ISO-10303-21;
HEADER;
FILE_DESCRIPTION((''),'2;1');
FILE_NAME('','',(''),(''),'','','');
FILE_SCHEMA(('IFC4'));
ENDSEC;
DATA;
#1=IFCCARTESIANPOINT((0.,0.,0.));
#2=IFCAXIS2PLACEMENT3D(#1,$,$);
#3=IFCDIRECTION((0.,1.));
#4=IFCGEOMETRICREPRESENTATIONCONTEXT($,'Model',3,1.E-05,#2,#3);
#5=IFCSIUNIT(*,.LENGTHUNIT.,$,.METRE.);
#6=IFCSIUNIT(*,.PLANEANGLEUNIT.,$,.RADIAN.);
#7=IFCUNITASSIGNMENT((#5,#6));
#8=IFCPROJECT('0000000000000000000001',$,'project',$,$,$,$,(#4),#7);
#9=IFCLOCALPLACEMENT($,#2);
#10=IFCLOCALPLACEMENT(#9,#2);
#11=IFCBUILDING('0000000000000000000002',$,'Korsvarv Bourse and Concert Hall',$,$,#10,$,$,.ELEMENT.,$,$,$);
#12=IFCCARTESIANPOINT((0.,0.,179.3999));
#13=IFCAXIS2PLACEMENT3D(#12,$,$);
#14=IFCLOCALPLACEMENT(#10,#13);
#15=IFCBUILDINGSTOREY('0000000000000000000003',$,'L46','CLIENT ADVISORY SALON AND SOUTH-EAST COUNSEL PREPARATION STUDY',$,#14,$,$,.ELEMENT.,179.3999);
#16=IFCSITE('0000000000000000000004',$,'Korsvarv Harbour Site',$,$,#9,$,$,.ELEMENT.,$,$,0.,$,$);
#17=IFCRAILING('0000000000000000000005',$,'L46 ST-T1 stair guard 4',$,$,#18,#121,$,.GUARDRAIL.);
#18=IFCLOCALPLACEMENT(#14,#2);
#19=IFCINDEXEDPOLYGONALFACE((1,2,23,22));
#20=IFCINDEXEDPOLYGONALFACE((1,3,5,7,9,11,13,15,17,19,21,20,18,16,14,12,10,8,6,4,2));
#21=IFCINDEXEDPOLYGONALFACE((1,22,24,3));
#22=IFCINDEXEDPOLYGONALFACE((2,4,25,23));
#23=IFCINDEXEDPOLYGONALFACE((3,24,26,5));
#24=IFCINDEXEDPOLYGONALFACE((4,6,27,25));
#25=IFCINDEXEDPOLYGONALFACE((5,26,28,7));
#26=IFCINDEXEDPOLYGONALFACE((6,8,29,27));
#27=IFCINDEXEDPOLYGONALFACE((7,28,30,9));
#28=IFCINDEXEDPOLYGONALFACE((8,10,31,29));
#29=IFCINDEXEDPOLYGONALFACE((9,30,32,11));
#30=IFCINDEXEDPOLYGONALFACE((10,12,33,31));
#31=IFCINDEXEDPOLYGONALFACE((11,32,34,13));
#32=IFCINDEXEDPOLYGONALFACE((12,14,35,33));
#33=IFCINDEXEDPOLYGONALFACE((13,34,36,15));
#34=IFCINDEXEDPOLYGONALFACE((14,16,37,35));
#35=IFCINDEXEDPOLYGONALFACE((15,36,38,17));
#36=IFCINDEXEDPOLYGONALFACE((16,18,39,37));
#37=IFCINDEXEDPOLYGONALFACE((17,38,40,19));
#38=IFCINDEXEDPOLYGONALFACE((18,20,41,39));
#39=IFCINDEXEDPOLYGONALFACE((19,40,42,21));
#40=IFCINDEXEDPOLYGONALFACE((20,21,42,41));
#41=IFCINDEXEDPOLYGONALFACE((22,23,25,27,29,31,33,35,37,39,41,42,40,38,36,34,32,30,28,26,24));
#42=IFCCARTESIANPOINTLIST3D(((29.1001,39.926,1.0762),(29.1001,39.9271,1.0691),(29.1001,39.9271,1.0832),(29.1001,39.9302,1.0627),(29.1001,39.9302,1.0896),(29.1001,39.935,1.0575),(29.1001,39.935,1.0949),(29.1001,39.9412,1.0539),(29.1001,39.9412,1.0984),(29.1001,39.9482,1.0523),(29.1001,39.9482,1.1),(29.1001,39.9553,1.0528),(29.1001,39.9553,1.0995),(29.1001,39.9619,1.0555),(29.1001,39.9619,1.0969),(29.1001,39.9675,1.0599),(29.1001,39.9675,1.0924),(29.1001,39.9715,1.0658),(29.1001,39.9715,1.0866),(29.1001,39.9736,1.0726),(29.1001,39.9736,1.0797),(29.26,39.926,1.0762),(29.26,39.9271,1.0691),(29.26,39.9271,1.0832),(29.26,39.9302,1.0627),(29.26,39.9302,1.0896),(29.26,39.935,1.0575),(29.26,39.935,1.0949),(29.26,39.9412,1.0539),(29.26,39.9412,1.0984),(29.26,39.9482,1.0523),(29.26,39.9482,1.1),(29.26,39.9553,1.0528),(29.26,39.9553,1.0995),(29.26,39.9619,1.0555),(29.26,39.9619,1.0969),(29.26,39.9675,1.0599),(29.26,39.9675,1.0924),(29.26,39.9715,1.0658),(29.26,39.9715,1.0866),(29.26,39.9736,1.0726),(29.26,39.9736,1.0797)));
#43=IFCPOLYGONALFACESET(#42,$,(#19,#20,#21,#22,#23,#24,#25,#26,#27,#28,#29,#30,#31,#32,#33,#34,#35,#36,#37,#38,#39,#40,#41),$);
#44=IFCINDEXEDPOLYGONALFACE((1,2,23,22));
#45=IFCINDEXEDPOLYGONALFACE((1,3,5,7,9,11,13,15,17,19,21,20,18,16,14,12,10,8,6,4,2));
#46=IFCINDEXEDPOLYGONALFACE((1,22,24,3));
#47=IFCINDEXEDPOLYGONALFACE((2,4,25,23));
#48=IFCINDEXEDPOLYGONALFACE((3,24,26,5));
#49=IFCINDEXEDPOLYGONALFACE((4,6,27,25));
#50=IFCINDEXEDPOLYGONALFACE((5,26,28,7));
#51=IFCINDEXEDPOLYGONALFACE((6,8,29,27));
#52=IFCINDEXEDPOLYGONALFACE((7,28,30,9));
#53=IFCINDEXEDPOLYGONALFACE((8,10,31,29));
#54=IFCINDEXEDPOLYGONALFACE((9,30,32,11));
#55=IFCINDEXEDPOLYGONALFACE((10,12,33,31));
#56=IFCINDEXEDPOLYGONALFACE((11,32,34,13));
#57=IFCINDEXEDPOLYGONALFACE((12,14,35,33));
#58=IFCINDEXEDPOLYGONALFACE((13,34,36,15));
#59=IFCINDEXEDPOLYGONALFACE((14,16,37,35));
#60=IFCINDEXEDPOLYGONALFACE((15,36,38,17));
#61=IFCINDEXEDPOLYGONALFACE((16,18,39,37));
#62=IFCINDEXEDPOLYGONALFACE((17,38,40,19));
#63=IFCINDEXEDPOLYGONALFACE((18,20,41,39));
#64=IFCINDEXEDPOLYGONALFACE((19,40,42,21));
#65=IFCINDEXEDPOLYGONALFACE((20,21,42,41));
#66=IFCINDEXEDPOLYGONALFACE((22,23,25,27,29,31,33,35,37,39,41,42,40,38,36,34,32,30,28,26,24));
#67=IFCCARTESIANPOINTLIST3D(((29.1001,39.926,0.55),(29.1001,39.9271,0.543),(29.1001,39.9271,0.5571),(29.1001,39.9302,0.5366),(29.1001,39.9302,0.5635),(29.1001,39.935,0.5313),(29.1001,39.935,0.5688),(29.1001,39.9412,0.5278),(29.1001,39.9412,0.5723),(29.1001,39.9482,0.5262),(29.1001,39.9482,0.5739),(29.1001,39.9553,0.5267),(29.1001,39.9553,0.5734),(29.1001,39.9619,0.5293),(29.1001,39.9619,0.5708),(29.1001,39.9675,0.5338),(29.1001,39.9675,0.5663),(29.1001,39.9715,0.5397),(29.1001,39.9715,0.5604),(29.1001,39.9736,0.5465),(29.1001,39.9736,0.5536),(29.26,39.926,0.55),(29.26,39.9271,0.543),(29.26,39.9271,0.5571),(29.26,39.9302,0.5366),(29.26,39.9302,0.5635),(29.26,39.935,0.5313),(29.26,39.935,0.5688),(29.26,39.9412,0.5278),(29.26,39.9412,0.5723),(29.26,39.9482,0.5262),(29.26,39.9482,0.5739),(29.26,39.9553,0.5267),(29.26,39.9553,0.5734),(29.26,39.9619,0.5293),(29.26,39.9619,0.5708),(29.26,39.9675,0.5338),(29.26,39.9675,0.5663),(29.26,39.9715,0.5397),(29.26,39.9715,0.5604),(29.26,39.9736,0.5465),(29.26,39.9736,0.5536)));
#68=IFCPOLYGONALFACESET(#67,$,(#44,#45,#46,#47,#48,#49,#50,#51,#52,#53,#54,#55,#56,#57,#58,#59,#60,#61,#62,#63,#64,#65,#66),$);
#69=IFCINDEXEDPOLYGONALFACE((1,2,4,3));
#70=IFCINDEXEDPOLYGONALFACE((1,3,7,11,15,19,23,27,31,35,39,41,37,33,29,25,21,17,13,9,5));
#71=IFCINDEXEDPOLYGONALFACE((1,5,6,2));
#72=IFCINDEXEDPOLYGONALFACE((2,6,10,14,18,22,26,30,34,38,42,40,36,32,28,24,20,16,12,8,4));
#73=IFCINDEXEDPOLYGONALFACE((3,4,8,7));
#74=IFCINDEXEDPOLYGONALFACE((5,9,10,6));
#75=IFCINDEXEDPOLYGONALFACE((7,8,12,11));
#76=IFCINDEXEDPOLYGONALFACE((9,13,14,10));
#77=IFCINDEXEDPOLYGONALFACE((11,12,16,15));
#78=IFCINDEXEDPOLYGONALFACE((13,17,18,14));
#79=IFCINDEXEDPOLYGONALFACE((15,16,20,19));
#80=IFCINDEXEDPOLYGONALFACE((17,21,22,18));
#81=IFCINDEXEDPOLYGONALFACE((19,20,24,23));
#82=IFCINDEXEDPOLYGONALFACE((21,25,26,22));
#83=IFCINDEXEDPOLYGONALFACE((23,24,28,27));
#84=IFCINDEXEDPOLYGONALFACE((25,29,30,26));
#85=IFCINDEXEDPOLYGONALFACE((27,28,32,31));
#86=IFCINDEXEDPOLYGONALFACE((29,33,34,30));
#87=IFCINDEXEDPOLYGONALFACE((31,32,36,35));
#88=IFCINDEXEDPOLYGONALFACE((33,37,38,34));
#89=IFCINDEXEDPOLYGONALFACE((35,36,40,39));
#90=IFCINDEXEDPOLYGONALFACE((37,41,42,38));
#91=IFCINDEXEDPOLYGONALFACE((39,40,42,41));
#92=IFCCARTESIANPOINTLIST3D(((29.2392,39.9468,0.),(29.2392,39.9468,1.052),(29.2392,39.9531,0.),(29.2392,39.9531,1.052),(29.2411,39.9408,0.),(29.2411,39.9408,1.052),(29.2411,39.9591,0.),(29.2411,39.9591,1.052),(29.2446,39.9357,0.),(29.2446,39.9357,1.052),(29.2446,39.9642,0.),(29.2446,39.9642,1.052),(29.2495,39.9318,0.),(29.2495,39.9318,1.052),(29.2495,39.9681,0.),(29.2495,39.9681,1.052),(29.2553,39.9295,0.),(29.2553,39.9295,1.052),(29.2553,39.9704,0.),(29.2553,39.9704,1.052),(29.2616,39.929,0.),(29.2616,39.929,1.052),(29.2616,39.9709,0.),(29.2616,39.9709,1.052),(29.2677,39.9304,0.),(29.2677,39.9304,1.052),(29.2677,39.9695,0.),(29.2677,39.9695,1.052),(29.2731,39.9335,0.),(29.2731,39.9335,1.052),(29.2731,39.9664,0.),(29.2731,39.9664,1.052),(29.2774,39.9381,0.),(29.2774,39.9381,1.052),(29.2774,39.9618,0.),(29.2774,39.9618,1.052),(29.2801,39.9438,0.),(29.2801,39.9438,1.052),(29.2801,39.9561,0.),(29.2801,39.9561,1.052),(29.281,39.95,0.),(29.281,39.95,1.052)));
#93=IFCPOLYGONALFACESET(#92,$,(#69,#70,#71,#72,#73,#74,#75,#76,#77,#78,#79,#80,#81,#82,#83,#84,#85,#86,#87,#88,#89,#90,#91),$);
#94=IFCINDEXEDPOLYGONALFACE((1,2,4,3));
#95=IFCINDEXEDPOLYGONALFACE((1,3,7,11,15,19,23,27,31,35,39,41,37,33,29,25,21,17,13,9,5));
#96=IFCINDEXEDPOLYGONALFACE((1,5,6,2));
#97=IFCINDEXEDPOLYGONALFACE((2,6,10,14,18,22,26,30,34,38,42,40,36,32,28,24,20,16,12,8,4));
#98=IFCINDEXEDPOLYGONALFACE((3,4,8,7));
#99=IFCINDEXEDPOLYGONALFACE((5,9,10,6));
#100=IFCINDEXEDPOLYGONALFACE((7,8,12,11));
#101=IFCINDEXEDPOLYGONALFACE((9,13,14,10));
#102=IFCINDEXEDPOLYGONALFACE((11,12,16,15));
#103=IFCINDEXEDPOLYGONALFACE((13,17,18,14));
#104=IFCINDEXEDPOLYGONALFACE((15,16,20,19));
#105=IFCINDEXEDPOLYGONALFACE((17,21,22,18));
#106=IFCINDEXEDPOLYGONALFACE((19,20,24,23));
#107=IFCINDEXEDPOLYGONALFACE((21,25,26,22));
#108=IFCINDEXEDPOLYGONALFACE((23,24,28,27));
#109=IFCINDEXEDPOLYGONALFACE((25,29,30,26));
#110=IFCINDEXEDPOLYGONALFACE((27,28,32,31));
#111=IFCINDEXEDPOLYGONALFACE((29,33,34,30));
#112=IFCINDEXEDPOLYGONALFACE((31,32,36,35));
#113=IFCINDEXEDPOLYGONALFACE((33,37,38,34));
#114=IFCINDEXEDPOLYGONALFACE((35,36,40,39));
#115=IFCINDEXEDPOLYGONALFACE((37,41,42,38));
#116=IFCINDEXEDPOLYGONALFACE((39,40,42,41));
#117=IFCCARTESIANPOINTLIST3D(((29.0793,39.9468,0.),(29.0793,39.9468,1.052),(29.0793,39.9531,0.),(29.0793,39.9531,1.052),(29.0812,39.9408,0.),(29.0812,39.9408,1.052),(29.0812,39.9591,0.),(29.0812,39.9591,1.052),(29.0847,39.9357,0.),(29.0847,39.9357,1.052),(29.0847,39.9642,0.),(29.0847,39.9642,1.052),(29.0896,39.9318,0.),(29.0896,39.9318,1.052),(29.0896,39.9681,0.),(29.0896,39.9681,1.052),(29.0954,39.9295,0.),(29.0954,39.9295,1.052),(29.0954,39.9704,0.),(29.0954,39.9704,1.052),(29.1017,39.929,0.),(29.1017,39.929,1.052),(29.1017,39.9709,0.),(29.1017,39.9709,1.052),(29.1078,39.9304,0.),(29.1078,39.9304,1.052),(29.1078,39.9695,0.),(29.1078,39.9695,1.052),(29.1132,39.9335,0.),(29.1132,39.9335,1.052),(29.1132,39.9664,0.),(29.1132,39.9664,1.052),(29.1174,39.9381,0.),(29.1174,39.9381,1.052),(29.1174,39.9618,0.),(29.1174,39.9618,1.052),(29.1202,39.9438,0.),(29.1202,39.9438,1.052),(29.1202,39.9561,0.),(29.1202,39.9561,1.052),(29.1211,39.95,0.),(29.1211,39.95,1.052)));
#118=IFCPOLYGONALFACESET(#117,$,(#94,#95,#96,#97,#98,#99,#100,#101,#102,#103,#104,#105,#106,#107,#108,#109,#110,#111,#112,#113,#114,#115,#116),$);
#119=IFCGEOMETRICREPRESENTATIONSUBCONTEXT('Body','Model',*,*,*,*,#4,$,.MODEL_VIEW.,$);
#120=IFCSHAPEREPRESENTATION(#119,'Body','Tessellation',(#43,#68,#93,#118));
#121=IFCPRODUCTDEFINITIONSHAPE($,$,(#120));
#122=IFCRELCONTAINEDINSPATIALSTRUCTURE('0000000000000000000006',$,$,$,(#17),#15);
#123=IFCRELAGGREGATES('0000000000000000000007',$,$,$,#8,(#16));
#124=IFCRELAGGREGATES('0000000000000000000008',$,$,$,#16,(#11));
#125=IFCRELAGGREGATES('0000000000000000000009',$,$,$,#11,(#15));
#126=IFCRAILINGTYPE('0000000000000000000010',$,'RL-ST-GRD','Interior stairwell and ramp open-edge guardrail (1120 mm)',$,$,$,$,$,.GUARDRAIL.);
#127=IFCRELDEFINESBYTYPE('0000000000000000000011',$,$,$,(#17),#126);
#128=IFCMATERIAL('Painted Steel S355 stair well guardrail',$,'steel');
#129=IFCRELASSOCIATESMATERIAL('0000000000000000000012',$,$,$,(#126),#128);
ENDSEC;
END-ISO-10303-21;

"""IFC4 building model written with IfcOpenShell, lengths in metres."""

from ifc_helpers import new_model, si_unit, direction, frame, origin, origin_2d, place, context, subcontext, project, spatial, circle, extrude, material, type_object, element, save


model = new_model("IFC4")

# Units and contexts
model_context = context("Model", 3, precision=1e-05, world=origin(), true_north=direction((0.0, 1.0)))
body_context = subcontext(model_context, "Body", "Model", "MODEL_VIEW")
ifc_project = project(units=[si_unit("LENGTHUNIT", "METRE"), si_unit("PLANEANGLEUNIT", "RADIAN")], contexts=[model_context])

# Site, building, storey
site_placement = place(None, origin())
site = spatial("IfcSite", under=ifc_project, at=site_placement, Name="Korsvarv Harbour Site", CompositionType="ELEMENT", RefElevation=0.0)
building_placement = place(site_placement, origin())
building = spatial("IfcBuilding", under=site, at=building_placement, Name="Korsvarv Bourse and Concert Hall", CompositionType="ELEMENT")
storey_placement = place(building_placement, frame((0.0, 0.0, 179.3999)))
storey = spatial("IfcBuildingStorey", under=building, at=storey_placement, Name="L46", Description="CLIENT ADVISORY SALON AND SOUTH-EAST COUNSEL PREPARATION STUDY", CompositionType="ELEMENT", Elevation=179.3999)

# Railing
ifc_material_1 = material(Name="Painted Steel S355 stair well guardrail", Category="steel")
railing_type_1 = type_object("IfcRailingType", Name="RL-ST-GRD", Description="Interior stairwell and ramp open-edge guardrail (1120 mm)", PredefinedType="GUARDRAIL", material=ifc_material_1)
railing_1_placement = place(storey_placement, frame((29.26, 39.95, 0.0)))
element("IfcRailing", 1, at=railing_1_placement, inside=storey, type_object=railing_type_1, Name="L46 ST-T1 stair guard 4", PredefinedType="GUARDRAIL", context=body_context, shape_type="SweptSolid", body=[
    extrude(circle(Radius=0.0239, at=origin_2d()), frame((0.0, 0.0, 1.0762), z_axis=(-1.0, 0.0, 0.0), x_axis=(0.0, -1.0, 0.0)), (0.0, 0.0, 1.0), 0.1599),
    extrude(circle(Radius=0.0239, at=origin_2d()), frame((0.0, 0.0, 0.55), z_axis=(-1.0, 0.0, 0.0), x_axis=(0.0, -1.0, 0.0)), (0.0, 0.0, 1.0), 0.1599),
    extrude(circle(Radius=0.021, at=origin_2d()), origin(), (0.0, 0.0, 1.0), 1.052),
    extrude(circle(Radius=0.021, at=origin_2d()), frame((-0.1599, 0.0, 0.0)), (0.0, 0.0, 1.0), 1.052),
])

save(model, "model.ifc")
